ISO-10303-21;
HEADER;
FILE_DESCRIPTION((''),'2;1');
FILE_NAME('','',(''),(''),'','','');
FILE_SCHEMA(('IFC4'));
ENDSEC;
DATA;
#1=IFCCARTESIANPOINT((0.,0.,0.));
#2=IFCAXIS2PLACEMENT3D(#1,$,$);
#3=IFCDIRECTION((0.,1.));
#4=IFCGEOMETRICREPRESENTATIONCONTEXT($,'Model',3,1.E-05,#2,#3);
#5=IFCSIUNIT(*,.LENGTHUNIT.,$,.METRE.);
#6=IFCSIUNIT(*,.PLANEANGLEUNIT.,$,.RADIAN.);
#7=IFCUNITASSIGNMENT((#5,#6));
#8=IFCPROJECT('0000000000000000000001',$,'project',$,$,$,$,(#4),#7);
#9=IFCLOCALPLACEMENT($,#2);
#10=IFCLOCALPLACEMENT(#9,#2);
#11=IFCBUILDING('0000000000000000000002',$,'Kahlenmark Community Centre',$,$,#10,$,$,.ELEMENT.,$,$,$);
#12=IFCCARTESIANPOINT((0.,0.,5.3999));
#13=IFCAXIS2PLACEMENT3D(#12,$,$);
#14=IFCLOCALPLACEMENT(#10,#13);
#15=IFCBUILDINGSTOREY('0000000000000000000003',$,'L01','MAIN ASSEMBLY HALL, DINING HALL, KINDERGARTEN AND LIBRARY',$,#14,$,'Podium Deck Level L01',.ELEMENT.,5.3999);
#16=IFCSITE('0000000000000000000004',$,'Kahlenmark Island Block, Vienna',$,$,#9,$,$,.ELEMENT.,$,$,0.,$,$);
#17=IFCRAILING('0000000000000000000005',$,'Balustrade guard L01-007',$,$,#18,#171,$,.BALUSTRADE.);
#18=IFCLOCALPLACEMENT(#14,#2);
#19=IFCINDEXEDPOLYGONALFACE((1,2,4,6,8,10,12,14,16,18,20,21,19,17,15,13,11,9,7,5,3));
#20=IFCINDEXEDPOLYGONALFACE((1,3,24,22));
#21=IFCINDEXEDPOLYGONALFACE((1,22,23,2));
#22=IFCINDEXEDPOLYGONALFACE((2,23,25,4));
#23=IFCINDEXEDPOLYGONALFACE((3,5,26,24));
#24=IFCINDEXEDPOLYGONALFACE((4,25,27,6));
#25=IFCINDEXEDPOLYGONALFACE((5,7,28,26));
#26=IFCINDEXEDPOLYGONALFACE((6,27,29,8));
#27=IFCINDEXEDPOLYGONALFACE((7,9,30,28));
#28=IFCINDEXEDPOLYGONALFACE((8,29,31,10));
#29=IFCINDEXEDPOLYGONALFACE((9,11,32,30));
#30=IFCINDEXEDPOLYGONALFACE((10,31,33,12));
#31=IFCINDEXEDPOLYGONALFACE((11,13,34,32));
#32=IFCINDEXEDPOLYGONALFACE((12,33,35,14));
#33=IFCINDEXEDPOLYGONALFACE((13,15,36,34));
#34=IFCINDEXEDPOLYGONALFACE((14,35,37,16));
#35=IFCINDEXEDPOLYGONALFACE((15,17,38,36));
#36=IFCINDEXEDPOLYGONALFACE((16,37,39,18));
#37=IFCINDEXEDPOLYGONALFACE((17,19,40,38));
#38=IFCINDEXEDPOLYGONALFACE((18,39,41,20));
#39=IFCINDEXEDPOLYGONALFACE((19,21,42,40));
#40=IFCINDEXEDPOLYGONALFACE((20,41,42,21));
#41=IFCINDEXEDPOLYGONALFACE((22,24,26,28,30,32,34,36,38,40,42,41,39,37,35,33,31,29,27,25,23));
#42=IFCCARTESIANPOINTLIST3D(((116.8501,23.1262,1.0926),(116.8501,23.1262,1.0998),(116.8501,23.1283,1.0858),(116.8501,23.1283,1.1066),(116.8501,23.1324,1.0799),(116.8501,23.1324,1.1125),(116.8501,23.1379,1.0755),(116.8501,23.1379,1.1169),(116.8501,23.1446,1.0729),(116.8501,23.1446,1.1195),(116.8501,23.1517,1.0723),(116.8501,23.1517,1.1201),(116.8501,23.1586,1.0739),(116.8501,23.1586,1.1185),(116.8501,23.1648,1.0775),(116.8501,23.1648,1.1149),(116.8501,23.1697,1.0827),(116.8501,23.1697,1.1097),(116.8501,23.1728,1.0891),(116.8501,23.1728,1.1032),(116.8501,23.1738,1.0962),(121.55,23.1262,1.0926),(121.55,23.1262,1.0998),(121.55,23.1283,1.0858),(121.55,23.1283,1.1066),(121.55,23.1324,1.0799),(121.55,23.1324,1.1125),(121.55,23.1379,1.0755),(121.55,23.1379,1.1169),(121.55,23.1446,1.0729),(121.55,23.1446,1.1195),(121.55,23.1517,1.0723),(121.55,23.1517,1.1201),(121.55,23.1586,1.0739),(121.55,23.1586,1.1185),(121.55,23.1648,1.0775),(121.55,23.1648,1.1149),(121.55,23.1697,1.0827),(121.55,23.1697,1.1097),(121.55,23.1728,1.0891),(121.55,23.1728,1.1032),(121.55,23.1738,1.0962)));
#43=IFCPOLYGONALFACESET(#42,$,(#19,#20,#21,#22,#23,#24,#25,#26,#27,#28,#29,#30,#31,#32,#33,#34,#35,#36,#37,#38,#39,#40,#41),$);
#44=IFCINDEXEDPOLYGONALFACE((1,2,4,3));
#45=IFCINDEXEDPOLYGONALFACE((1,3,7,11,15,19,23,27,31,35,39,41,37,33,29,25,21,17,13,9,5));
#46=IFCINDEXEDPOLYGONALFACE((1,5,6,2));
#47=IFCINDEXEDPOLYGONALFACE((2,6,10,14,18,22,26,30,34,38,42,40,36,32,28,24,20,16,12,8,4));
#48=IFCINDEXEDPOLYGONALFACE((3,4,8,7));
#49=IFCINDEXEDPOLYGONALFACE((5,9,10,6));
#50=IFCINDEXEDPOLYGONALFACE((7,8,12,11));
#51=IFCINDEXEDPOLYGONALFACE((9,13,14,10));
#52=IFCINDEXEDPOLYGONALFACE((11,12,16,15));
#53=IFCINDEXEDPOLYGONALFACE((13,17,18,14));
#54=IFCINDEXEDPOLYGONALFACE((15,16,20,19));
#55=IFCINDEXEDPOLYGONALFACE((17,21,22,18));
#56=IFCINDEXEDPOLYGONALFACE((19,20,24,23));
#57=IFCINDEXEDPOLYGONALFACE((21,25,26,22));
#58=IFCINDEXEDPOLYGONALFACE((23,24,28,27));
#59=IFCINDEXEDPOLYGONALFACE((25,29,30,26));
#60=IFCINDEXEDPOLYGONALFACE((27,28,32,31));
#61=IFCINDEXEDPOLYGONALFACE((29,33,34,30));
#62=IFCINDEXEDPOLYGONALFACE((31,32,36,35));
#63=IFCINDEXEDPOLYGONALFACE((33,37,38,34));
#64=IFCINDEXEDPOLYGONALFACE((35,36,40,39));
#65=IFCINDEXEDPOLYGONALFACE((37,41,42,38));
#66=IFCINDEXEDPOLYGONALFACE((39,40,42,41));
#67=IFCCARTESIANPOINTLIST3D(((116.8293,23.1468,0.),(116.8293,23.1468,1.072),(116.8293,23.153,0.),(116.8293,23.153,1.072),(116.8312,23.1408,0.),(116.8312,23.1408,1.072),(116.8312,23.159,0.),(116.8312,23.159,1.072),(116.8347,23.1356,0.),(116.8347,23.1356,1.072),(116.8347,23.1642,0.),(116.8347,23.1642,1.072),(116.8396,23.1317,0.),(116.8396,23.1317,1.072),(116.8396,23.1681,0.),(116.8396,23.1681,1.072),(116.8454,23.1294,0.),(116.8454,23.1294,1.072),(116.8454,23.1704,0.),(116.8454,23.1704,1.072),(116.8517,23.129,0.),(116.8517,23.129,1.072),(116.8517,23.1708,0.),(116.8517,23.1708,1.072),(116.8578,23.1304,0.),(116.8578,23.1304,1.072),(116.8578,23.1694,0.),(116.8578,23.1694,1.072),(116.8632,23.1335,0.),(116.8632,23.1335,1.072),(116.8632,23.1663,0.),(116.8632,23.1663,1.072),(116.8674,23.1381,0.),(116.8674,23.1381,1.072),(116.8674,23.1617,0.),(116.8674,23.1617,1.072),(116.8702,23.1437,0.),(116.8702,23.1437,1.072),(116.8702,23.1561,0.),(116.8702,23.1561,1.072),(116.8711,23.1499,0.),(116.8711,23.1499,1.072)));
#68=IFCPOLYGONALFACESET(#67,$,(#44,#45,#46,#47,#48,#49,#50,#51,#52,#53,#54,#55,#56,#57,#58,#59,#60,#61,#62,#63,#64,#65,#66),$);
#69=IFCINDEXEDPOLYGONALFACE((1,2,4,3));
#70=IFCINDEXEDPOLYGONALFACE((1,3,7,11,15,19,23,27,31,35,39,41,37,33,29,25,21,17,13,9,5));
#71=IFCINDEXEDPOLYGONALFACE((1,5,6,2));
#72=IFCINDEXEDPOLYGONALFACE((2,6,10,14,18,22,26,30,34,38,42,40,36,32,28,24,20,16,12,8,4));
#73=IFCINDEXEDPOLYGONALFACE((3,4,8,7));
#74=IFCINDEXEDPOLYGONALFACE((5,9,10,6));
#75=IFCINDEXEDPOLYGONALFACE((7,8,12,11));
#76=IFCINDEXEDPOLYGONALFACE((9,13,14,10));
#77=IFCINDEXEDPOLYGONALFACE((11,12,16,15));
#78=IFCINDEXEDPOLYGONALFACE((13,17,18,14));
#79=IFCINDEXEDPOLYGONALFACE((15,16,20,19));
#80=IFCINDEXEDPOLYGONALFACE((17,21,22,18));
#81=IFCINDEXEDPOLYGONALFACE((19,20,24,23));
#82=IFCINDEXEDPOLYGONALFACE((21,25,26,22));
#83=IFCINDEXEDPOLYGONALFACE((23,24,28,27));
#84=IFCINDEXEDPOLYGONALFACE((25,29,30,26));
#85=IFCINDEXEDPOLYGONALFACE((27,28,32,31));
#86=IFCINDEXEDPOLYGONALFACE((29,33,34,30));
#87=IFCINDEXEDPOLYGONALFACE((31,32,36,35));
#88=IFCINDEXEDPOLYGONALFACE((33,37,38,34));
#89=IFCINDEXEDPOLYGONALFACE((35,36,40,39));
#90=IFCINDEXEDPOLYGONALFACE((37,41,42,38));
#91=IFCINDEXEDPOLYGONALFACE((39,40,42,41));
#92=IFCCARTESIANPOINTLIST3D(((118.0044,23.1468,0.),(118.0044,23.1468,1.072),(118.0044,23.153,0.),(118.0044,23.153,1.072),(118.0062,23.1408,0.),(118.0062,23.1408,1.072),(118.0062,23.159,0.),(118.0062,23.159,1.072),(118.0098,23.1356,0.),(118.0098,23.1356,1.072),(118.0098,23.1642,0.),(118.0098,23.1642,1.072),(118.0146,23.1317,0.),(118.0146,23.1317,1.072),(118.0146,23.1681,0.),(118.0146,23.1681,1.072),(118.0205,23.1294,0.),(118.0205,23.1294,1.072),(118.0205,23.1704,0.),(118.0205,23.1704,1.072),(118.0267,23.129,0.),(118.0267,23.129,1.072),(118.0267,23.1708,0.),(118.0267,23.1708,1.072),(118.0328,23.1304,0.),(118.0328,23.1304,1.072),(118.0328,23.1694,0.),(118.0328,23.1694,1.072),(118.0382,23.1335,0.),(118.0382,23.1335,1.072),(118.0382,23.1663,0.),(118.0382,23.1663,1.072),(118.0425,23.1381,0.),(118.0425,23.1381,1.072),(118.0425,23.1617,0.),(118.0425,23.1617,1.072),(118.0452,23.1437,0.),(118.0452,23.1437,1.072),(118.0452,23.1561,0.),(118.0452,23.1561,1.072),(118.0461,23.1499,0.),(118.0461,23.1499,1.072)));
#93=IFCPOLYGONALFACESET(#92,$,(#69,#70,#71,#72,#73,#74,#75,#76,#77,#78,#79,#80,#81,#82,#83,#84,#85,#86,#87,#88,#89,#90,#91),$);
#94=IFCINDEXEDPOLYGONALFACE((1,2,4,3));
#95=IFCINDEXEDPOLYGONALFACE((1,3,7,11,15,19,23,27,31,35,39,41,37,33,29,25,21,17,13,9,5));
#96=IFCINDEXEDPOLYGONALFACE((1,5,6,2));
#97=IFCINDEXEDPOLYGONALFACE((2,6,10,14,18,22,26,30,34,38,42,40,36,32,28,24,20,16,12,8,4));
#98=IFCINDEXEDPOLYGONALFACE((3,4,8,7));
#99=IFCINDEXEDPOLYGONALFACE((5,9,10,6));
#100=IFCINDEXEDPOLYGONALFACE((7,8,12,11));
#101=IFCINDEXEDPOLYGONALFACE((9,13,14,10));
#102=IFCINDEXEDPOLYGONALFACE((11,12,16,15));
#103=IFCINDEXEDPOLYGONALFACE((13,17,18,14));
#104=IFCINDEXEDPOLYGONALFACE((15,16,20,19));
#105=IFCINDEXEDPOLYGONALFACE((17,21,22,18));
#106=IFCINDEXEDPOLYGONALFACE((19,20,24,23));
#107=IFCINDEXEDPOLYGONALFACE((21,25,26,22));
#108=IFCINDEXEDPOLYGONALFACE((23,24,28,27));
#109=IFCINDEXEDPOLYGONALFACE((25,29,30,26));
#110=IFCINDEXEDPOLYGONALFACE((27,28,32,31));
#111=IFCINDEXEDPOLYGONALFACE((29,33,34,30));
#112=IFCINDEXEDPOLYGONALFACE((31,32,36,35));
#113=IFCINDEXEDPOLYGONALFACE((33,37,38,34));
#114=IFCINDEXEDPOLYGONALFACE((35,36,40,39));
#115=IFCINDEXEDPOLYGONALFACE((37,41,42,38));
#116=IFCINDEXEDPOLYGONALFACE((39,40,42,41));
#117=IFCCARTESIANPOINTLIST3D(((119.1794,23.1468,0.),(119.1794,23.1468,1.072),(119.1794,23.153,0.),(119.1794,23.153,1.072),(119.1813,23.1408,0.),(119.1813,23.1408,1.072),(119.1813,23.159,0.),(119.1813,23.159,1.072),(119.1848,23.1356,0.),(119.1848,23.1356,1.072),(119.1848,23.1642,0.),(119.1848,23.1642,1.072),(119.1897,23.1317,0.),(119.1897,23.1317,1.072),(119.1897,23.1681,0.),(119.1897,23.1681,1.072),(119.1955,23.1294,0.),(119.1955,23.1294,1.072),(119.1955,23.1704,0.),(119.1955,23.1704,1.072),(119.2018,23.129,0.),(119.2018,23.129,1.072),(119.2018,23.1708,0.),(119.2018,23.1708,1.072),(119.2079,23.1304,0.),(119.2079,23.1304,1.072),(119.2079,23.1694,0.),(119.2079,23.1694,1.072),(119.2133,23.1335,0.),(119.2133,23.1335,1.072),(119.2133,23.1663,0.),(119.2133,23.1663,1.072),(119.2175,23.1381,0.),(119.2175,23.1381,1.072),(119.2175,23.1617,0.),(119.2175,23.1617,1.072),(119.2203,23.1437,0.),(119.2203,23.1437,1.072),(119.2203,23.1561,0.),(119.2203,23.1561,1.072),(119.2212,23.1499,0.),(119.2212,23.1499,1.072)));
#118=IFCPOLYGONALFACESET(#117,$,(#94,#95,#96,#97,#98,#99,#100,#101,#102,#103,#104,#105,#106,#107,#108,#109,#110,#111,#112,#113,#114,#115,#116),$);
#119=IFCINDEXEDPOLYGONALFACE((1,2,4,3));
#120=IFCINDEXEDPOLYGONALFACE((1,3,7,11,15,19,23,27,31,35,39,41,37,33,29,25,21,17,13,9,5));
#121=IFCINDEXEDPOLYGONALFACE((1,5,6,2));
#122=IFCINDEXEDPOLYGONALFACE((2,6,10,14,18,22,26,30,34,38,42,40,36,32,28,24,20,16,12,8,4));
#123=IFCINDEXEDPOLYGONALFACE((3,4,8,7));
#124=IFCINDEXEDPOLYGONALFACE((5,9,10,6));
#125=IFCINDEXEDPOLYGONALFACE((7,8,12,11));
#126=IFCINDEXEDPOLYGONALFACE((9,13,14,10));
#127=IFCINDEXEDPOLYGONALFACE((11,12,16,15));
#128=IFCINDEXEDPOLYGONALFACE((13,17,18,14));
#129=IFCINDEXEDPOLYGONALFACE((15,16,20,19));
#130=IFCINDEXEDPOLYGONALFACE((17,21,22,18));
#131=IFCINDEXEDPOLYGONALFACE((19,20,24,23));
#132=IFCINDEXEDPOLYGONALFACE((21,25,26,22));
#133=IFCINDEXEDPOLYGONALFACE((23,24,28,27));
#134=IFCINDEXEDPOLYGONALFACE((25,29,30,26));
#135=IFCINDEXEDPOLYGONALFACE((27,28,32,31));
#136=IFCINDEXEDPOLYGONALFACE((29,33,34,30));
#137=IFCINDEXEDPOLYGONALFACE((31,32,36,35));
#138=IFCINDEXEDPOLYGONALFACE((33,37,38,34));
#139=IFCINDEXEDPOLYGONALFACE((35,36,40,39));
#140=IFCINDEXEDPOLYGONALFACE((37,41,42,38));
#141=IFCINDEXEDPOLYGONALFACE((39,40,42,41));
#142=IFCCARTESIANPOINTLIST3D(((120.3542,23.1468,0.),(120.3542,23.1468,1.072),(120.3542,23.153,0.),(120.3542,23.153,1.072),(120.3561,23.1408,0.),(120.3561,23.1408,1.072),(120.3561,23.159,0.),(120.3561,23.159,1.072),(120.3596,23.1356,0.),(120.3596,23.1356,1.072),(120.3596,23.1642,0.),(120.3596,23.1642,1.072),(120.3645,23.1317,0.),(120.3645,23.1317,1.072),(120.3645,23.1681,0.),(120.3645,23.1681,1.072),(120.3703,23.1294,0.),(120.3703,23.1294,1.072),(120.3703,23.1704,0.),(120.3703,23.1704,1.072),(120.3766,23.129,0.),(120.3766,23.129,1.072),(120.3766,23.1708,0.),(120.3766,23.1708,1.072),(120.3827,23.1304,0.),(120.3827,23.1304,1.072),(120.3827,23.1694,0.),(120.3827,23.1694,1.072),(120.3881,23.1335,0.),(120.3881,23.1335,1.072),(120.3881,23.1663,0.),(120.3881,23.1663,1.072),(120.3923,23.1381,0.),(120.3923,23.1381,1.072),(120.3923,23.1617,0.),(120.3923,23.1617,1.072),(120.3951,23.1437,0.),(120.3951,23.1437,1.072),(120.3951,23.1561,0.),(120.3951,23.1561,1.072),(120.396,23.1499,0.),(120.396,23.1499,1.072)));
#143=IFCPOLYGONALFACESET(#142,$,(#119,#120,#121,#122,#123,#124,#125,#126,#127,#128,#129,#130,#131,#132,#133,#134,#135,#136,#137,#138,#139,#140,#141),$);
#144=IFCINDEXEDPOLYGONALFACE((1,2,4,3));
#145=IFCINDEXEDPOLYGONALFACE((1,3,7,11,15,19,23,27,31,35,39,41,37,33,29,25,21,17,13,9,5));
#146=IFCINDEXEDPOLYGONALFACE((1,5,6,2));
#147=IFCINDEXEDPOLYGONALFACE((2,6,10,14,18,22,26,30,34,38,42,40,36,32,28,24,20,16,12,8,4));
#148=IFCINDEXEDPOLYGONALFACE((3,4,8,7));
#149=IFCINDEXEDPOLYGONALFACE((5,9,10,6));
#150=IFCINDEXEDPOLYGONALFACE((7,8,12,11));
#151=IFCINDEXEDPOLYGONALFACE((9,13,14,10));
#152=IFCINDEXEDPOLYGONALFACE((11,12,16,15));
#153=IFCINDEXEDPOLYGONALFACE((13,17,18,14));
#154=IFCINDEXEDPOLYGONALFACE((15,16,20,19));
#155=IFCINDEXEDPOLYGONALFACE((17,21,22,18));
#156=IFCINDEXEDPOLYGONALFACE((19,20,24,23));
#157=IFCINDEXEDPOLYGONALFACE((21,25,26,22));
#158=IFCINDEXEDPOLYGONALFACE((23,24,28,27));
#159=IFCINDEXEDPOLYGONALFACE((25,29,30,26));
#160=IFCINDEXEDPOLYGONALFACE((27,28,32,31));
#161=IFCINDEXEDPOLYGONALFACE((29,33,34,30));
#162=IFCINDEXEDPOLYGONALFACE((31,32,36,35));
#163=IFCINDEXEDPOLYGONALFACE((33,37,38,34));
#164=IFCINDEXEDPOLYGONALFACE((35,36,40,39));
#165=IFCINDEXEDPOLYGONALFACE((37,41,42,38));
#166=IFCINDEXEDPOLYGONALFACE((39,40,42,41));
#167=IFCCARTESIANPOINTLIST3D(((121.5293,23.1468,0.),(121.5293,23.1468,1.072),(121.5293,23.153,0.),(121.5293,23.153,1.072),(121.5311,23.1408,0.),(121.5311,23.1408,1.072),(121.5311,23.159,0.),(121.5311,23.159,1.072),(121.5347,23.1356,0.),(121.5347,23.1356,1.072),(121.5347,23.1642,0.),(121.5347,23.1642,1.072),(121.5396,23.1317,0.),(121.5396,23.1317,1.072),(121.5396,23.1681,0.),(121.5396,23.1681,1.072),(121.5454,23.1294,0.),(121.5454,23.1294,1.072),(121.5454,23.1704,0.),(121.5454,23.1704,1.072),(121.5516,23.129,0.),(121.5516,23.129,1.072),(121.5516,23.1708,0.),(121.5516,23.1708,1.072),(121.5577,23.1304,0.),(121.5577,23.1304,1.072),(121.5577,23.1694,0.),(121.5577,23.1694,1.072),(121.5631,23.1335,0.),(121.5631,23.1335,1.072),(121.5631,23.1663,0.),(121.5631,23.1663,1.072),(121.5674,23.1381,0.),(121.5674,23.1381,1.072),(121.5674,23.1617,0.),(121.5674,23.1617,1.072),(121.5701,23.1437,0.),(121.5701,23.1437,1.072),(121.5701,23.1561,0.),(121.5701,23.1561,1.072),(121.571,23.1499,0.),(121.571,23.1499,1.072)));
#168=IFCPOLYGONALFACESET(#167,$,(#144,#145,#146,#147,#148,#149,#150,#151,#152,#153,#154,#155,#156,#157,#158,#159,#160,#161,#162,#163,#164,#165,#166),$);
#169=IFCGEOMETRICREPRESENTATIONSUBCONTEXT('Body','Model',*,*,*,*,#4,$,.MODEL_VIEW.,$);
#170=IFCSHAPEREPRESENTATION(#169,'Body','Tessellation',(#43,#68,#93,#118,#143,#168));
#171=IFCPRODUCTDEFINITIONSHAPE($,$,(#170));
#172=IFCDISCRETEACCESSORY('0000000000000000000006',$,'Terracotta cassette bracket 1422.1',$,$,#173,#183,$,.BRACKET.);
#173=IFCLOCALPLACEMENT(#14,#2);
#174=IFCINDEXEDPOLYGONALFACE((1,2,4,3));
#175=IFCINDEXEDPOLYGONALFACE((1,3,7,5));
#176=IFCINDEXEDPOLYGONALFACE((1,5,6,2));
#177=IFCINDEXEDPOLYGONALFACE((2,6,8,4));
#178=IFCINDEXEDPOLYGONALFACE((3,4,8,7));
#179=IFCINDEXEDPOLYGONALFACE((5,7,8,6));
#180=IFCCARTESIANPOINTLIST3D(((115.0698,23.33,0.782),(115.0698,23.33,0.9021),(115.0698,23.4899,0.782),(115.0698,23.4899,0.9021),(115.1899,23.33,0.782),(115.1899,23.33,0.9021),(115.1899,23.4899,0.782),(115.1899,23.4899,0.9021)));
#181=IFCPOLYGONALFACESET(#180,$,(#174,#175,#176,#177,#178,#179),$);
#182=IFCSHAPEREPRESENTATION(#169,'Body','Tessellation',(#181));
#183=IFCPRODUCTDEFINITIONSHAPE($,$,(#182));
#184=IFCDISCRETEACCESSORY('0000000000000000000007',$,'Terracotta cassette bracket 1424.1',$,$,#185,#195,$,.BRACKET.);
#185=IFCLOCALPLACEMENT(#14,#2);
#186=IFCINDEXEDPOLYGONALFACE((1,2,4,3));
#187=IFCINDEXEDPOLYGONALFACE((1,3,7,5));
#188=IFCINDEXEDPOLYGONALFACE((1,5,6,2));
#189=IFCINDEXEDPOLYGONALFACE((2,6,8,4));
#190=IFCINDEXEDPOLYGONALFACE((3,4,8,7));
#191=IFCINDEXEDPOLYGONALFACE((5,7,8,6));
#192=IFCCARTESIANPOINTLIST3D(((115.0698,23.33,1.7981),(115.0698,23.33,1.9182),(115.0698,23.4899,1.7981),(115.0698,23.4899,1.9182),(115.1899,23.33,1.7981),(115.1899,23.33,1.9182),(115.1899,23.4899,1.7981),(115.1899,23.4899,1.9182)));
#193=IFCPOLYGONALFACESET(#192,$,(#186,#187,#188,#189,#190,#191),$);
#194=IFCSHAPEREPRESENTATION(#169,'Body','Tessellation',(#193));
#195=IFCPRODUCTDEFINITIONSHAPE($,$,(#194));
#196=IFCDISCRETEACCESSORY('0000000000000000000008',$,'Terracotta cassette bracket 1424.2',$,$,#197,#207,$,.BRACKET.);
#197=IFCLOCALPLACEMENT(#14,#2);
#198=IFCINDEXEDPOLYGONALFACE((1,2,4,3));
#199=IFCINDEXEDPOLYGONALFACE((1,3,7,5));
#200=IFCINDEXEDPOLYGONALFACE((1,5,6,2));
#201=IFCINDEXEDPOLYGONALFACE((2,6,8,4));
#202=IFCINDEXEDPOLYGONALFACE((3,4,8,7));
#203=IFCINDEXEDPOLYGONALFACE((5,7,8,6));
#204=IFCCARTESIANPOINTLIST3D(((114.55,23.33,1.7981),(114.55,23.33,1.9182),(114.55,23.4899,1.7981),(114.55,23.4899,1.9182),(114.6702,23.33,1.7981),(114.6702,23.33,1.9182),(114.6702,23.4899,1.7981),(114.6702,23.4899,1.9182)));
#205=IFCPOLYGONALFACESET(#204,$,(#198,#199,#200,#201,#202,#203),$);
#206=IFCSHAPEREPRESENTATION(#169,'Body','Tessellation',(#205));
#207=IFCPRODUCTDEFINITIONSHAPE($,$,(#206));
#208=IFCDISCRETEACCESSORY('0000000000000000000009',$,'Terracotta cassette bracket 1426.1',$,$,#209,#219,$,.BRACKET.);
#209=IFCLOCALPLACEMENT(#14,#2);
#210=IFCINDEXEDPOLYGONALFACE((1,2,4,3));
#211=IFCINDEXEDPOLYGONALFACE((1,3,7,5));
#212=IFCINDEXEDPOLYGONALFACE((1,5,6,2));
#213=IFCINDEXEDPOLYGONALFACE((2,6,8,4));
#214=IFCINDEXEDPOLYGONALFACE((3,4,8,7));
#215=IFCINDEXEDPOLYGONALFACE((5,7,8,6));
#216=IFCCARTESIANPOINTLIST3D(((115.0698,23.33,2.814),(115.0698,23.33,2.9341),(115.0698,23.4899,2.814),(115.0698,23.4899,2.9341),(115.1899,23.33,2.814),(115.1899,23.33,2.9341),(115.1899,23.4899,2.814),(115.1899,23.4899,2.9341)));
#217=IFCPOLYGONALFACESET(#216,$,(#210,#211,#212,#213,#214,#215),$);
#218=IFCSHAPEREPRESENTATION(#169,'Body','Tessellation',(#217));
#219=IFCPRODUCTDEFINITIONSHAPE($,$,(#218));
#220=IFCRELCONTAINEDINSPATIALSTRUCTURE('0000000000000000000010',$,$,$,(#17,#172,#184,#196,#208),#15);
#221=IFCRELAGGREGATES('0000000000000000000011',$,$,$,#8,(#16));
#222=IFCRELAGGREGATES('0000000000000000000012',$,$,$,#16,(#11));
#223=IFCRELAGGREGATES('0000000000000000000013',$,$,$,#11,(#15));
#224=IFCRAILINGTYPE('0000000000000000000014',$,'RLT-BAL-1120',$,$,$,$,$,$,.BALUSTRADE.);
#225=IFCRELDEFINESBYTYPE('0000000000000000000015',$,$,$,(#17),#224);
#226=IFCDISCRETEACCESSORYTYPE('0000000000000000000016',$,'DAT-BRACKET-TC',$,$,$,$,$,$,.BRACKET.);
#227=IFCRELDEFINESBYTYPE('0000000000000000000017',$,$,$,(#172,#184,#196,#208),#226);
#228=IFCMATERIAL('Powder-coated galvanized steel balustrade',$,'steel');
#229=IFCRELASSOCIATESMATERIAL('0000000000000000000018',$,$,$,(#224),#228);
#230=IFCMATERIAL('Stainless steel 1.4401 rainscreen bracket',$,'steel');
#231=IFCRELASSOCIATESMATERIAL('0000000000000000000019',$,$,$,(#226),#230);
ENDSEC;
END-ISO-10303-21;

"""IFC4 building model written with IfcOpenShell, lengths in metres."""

from ifc_helpers import new_model, si_unit, direction, frame, origin, origin_2d, place, context, subcontext, project, spatial, rectangle, circle, extrude, material, type_object, element, save


model = new_model("IFC4")

# Units and contexts
model_context = context("Model", 3, precision=1e-05, world=origin(), true_north=direction((0.0, 1.0)))
body_context = subcontext(model_context, "Body", "Model", "MODEL_VIEW")
ifc_project = project(units=[si_unit("LENGTHUNIT", "METRE"), si_unit("PLANEANGLEUNIT", "RADIAN")], contexts=[model_context])

# Site, building, storey
site_placement = place(None, origin())
site = spatial("IfcSite", under=ifc_project, at=site_placement, Name="Kahlenmark Island Block, Vienna", CompositionType="ELEMENT", RefElevation=0.0)
building_placement = place(site_placement, origin())
building = spatial("IfcBuilding", under=site, at=building_placement, Name="Kahlenmark Community Centre", CompositionType="ELEMENT")
storey_placement = place(building_placement, frame((0.0, 0.0, 5.3999)))
storey = spatial("IfcBuildingStorey", under=building, at=storey_placement, Name="L01", Description="MAIN ASSEMBLY HALL, DINING HALL, KINDERGARTEN AND LIBRARY", LongName="Podium Deck Level L01", CompositionType="ELEMENT", Elevation=5.3999)

# Railing
ifc_material_1 = material(Name="Powder-coated galvanized steel balustrade", Category="steel")
railing_type = type_object("IfcRailingType", Name="RLT-BAL-1120", PredefinedType="BALUSTRADE", material=ifc_material_1)
railing_placement = place(storey_placement, frame((116.8501, 23.1499, 0.0)))
element("IfcRailing", 1, at=railing_placement, inside=storey, type_object=railing_type, Name="Balustrade guard L01-007", PredefinedType="BALUSTRADE", context=body_context, shape_type="SweptSolid", body=[
    extrude(circle(Radius=0.0239, at=origin_2d()), frame((0.0, 0.0, 1.0962), z_axis=(1.0, 0.0, 0.0), x_axis=(0.0, 1.0, 0.0)), (0.0, 0.0, 1.0), 4.7),
    extrude(circle(Radius=0.021, at=origin_2d()), origin(), (0.0, 0.0, 1.0), 1.072),
    extrude(circle(Radius=0.021, at=origin_2d()), frame((1.175, 0.0, 0.0)), (0.0, 0.0, 1.0), 1.072),
    extrude(circle(Radius=0.021, at=origin_2d()), frame((2.3501, 0.0, 0.0)), (0.0, 0.0, 1.0), 1.072),
    extrude(circle(Radius=0.021, at=origin_2d()), frame((3.5249, 0.0, 0.0)), (0.0, 0.0, 1.0), 1.072),
    extrude(circle(Radius=0.021, at=origin_2d()), frame((4.7, 0.0, 0.0)), (0.0, 0.0, 1.0), 1.072),
])

# Discrete accessories
ifc_material_2 = material(Name="Stainless steel 1.4401 rainscreen bracket", Category="steel")
discrete_accessory_type = type_object("IfcDiscreteAccessoryType", Name="DAT-BRACKET-TC", PredefinedType="BRACKET", material=ifc_material_2)
for number, where, z_axis, x_axis, name in (
    (2, (115.1299, 23.4099, 0.782), (0.0, 0.0, 1.0), (-1.0, 0.0, 0.0), "Terracotta cassette bracket 1422.1"),
    (3, (115.1299, 23.4099, 1.7981), (0.0, 0.0, 1.0), (-1.0, 0.0, 0.0), "Terracotta cassette bracket 1424.1"),
    (4, (114.6101, 23.4099, 1.7981), (0.0, 0.0, 1.0), (-1.0, 0.0, 0.0), "Terracotta cassette bracket 1424.2"),
    (5, (115.1299, 23.4099, 2.814), (0.0, 0.0, 1.0), (-1.0, 0.0, 0.0), "Terracotta cassette bracket 1426.1"),
):
    element("IfcDiscreteAccessory", number, at=place(storey_placement, frame(where, z_axis=z_axis, x_axis=x_axis)), inside=storey, type_object=discrete_accessory_type, Name=name, PredefinedType="BRACKET", context=body_context, shape_type="SweptSolid", body=[
        extrude(rectangle(XDim=0.1201, YDim=0.1599, at=origin_2d()), origin(), (0.0, 0.0, 1.0), 0.1201),
    ])

save(model, "model.ifc")
